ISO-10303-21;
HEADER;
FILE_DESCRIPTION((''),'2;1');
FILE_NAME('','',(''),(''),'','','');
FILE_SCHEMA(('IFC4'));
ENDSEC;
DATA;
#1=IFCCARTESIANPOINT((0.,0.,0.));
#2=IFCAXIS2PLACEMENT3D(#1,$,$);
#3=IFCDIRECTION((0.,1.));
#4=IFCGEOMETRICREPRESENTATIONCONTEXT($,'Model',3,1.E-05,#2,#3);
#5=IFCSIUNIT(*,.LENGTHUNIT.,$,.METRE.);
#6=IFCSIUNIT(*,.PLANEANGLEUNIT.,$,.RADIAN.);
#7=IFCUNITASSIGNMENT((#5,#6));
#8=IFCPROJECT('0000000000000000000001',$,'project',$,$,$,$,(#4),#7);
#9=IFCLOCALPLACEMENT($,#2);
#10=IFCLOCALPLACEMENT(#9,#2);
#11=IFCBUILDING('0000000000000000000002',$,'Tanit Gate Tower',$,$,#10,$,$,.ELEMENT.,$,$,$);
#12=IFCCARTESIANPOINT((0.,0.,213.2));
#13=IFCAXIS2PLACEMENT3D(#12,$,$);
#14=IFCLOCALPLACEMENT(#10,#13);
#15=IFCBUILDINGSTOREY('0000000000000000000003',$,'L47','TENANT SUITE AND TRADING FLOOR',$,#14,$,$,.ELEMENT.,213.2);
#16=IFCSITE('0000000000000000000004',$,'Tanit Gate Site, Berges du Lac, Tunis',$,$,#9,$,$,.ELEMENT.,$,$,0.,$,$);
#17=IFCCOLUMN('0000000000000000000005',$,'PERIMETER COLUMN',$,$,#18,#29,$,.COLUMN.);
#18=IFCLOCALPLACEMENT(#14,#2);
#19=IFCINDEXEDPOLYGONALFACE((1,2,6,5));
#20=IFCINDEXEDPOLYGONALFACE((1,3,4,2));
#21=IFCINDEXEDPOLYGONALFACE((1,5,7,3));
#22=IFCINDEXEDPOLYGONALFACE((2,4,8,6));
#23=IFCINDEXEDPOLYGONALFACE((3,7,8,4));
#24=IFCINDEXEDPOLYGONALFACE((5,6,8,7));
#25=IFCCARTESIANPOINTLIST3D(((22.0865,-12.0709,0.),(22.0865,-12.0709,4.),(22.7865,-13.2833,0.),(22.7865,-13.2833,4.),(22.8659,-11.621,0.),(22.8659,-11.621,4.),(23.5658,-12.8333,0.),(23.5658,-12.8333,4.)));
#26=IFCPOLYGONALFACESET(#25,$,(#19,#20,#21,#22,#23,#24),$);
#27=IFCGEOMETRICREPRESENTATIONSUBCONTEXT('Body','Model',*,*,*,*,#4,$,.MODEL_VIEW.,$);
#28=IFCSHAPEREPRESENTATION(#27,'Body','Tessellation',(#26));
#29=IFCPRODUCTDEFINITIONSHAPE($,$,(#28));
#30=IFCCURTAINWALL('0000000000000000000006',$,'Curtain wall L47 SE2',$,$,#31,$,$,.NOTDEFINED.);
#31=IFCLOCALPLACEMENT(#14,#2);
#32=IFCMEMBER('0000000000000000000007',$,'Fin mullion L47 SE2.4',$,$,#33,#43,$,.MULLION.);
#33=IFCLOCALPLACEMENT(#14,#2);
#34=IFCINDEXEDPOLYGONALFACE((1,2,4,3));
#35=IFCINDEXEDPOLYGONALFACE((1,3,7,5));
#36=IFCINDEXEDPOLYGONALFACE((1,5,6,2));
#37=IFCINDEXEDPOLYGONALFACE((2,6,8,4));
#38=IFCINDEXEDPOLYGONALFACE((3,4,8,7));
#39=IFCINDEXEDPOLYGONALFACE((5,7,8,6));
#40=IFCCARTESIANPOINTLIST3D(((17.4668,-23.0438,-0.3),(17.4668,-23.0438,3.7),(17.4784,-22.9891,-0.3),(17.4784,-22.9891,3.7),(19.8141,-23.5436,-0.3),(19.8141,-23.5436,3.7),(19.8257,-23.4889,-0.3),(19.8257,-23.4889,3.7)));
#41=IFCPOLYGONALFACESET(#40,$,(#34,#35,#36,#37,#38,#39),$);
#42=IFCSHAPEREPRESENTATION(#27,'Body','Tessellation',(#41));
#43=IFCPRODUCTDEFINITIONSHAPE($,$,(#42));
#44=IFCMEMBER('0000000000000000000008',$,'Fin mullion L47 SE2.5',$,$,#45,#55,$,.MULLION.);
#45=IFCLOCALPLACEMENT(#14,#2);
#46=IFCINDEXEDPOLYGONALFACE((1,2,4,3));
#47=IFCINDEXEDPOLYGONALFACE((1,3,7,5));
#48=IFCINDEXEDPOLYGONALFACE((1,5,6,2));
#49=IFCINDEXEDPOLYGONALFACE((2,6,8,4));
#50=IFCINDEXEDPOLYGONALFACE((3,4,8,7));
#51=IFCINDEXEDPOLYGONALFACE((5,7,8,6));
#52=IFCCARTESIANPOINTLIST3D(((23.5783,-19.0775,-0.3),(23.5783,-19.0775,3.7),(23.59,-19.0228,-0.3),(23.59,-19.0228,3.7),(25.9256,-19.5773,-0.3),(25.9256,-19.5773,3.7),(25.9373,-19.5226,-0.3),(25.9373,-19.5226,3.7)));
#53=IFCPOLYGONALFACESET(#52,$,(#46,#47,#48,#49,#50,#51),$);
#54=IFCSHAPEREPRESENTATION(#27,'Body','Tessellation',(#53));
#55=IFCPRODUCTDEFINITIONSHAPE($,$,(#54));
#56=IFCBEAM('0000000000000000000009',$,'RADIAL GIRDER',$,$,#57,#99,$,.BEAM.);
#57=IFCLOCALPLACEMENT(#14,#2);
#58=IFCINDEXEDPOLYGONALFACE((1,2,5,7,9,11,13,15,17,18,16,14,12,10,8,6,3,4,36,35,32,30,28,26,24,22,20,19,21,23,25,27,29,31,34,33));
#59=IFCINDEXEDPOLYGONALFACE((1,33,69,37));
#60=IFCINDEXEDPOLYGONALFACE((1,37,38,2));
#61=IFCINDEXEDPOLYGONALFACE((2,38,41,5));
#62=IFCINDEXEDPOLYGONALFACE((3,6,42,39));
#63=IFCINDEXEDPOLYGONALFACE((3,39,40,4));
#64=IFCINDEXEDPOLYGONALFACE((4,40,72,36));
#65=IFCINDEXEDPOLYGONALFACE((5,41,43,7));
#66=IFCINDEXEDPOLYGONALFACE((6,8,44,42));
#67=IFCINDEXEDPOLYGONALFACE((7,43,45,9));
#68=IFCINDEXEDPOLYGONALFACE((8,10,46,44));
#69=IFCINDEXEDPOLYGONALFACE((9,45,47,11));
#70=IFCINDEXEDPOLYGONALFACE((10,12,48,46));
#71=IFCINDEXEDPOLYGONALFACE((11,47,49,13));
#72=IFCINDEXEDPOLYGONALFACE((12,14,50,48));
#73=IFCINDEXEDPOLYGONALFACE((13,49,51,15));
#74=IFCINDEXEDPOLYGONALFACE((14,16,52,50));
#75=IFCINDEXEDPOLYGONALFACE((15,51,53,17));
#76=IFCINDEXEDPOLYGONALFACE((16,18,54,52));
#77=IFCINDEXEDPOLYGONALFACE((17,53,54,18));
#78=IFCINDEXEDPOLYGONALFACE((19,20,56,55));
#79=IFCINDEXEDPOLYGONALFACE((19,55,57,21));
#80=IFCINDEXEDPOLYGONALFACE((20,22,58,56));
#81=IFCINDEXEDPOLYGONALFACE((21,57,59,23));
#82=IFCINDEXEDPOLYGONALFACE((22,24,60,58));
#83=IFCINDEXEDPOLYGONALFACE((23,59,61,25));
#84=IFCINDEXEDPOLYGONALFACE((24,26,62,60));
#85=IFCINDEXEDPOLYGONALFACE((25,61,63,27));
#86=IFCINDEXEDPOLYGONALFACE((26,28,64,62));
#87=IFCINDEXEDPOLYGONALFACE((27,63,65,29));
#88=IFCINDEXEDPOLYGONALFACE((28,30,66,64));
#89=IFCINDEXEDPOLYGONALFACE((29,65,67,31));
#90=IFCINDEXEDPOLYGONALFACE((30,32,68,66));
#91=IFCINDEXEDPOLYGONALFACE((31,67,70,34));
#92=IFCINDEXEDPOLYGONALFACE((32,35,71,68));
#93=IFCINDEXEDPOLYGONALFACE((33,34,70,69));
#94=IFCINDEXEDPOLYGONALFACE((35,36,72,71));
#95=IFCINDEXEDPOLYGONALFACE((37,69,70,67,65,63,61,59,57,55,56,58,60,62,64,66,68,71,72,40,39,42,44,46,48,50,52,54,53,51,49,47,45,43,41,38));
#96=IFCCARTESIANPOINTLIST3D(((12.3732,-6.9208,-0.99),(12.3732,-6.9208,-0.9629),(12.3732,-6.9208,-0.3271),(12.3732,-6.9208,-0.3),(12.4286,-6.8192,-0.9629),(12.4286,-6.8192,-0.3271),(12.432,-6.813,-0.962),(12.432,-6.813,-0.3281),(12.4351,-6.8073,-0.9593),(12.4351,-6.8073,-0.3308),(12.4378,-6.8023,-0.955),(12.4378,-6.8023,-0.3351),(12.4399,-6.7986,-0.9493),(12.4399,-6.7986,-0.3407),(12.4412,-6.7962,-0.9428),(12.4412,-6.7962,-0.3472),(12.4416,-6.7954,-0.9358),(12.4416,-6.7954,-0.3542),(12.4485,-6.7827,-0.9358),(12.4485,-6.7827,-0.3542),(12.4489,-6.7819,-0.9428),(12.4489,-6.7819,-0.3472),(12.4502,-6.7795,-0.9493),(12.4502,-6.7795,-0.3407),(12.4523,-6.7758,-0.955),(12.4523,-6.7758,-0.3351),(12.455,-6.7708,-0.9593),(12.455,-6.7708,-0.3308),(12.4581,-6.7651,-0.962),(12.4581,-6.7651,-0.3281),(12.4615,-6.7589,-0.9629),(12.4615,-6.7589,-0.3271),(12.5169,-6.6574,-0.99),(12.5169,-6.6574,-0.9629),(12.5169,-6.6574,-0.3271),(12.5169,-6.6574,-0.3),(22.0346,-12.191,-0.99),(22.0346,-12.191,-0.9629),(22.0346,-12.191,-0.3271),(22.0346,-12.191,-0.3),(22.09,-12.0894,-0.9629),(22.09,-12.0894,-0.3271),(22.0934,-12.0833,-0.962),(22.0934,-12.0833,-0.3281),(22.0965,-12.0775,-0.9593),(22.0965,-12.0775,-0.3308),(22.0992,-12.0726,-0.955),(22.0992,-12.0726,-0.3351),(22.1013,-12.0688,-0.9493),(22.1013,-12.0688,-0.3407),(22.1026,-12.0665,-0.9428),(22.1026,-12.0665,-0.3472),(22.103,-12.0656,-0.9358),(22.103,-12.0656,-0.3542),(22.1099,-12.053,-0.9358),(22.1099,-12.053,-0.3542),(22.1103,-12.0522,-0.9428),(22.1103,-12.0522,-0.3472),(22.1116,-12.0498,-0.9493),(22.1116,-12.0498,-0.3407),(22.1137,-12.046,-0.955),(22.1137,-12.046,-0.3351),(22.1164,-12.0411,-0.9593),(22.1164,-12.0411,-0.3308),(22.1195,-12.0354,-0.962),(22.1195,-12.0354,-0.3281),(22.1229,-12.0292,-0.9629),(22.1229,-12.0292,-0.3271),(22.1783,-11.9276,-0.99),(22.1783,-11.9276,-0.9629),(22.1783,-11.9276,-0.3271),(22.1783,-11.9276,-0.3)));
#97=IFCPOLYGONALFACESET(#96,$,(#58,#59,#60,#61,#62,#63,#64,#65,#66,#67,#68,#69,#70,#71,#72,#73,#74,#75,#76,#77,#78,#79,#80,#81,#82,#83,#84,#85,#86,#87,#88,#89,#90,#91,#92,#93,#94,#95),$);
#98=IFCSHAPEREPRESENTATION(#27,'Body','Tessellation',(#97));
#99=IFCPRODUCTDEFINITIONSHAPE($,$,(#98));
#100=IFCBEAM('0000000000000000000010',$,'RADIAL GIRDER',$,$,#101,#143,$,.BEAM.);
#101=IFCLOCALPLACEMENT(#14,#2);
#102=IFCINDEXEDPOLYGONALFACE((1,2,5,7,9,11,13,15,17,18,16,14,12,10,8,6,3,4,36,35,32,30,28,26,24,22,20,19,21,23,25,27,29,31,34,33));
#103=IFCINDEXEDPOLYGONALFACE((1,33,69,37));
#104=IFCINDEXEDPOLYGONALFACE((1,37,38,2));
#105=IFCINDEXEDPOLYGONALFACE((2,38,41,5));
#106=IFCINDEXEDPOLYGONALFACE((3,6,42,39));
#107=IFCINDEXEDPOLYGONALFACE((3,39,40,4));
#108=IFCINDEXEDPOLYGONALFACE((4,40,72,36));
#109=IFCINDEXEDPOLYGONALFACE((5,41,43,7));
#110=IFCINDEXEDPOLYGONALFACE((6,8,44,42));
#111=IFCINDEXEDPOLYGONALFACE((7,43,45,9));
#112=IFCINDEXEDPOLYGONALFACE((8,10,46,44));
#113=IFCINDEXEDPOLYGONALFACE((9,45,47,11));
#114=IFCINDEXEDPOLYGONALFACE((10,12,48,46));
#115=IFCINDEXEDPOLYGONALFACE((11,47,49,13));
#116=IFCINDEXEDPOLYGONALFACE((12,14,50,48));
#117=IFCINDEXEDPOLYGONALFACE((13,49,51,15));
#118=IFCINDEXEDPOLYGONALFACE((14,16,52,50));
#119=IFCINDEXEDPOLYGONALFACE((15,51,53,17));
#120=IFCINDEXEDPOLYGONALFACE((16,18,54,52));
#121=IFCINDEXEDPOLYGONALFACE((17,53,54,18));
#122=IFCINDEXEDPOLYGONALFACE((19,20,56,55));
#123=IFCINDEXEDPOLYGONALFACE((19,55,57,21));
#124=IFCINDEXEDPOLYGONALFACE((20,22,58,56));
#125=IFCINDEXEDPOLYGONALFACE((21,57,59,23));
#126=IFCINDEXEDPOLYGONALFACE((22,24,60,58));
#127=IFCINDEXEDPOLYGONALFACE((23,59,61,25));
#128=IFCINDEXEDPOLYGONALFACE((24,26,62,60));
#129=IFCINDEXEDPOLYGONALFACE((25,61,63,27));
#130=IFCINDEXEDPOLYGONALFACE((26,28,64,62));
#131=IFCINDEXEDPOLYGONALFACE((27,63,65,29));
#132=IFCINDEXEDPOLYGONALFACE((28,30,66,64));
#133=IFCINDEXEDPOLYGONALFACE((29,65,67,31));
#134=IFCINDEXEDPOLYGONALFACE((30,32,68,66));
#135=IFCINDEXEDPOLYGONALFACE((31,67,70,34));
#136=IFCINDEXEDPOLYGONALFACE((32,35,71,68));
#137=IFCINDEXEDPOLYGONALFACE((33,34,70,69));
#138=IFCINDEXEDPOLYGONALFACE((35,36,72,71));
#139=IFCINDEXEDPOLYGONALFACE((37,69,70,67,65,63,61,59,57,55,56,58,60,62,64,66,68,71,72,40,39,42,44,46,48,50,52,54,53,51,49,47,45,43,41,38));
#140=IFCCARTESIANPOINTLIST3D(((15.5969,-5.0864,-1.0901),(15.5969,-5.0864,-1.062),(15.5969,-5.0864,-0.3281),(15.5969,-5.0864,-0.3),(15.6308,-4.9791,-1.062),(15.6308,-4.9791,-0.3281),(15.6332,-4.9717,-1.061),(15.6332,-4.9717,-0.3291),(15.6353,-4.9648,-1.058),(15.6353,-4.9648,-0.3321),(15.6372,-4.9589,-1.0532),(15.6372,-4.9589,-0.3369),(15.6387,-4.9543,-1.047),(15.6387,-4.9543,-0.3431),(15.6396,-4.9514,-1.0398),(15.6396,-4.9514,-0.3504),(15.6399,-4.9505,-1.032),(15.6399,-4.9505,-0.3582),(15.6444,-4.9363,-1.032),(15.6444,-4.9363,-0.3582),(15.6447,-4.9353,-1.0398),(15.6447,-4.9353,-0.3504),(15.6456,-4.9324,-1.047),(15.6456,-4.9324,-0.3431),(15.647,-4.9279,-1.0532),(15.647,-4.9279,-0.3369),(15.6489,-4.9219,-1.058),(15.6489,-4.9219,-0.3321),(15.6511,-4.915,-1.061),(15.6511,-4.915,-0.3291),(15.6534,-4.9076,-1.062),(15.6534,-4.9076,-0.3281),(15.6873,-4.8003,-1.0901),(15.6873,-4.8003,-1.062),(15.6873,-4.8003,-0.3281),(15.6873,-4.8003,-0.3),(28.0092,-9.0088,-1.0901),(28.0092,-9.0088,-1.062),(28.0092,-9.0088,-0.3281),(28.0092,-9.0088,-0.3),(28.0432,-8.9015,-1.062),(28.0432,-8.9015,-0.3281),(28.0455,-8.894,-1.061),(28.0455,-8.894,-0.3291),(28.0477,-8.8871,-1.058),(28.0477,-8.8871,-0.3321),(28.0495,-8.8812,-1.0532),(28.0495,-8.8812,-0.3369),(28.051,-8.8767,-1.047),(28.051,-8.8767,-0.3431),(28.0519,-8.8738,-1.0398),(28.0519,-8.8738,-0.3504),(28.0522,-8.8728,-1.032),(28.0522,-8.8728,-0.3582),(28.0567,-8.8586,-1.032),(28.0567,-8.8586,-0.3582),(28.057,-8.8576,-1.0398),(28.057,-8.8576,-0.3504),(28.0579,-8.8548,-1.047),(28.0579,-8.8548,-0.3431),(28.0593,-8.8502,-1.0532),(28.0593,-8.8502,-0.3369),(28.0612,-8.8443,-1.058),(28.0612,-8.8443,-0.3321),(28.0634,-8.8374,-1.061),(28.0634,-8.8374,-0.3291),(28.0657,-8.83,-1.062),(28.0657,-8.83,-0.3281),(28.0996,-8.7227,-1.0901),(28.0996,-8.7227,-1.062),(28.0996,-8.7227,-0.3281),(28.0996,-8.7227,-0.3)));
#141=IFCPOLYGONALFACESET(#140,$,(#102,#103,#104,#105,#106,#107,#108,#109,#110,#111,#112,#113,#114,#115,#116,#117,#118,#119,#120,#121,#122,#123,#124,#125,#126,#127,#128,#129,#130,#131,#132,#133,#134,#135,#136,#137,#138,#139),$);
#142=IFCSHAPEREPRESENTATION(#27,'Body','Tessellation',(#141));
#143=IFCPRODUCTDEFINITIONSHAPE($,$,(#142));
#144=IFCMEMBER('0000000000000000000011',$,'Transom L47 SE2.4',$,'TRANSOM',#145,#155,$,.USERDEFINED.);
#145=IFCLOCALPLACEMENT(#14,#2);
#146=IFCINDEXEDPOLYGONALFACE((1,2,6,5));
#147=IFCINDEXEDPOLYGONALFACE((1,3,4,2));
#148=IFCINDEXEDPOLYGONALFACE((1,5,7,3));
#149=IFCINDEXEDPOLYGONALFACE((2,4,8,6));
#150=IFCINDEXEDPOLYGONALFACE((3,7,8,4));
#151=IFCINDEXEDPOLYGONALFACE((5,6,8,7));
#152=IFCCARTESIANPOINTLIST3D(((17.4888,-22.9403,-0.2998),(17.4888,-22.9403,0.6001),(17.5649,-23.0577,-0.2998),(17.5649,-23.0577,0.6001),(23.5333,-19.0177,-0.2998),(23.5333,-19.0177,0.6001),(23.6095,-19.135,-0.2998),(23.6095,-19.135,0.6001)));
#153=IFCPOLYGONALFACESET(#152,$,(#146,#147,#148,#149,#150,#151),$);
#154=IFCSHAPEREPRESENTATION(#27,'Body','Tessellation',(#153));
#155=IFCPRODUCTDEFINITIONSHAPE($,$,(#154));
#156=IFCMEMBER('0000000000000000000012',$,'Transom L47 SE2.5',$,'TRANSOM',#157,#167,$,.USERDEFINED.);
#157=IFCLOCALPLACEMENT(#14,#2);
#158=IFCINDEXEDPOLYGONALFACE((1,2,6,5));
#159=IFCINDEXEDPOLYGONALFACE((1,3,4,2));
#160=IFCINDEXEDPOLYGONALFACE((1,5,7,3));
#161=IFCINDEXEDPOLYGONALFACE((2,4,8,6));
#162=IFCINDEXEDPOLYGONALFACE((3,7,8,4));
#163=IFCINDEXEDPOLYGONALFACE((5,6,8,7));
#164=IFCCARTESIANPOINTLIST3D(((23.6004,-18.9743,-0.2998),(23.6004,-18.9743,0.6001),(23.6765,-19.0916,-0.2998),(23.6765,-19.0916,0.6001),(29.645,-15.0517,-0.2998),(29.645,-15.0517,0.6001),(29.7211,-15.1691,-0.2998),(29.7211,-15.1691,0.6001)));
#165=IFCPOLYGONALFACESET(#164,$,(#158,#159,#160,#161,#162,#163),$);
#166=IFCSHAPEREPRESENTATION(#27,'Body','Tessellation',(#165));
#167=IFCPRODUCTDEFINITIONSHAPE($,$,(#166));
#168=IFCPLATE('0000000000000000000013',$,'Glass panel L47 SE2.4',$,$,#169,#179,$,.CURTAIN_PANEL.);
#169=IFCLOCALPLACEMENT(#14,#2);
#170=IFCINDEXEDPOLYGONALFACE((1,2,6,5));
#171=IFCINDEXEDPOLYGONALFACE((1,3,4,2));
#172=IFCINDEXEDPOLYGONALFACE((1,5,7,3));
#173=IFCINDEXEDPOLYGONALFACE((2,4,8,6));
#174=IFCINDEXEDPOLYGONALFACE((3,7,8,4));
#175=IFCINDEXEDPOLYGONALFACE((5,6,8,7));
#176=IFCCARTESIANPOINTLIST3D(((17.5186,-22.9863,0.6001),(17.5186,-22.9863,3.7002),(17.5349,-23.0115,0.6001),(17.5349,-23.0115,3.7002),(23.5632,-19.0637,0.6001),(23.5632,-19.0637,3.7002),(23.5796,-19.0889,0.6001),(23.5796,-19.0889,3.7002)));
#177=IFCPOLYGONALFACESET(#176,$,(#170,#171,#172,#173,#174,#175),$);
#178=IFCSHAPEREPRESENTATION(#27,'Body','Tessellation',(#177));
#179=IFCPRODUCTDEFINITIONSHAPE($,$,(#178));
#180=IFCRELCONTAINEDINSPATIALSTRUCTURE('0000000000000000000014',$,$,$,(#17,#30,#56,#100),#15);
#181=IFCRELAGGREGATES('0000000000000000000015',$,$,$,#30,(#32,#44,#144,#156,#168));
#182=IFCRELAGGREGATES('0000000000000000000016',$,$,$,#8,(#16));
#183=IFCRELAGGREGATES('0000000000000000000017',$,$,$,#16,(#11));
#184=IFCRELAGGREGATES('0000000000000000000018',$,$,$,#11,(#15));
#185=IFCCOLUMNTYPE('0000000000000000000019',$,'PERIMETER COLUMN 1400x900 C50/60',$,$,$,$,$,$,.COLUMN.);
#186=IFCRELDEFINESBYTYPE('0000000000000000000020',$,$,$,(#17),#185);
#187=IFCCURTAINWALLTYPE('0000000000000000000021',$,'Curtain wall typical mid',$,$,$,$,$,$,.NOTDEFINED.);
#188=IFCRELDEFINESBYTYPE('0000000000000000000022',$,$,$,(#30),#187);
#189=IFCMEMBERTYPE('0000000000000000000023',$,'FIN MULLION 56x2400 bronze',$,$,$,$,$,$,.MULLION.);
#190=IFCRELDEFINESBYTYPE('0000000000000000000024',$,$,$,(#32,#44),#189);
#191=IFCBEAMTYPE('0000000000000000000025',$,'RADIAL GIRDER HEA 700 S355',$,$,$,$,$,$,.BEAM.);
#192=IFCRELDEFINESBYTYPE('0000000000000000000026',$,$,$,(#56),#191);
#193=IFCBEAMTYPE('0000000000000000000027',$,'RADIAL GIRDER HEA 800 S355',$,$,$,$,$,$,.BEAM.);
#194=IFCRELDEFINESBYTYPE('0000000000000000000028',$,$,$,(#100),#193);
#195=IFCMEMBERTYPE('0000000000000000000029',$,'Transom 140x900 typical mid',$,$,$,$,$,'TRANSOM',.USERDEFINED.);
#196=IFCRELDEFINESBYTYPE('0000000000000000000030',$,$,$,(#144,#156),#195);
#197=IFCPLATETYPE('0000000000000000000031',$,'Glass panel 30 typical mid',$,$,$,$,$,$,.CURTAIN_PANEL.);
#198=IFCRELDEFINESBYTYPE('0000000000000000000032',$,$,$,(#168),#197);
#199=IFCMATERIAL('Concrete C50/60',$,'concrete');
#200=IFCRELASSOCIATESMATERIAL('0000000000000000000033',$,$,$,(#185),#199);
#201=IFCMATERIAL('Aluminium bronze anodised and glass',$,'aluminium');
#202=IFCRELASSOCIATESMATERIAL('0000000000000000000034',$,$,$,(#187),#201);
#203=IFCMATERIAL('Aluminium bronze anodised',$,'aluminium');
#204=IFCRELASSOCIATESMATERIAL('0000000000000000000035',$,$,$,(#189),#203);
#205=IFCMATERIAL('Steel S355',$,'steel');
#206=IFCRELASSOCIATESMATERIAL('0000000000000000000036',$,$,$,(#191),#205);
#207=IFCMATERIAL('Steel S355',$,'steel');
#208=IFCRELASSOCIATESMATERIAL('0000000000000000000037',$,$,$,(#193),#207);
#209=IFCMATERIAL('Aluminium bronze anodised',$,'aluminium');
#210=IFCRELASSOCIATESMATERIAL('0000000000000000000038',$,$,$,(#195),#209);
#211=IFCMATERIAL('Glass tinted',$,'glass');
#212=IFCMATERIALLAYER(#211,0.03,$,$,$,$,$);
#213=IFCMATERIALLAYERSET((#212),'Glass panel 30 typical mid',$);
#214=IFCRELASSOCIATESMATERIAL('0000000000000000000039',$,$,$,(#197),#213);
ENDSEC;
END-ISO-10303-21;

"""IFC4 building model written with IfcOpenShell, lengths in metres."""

from ifc_helpers import new_model, si_unit, direction, frame, origin, origin_2d, place, context, subcontext, project, spatial, rectangle, i_section, extrude, material, layer, layer_set, material_profile, profile_set, type_object, element, aggregate, save


model = new_model("IFC4")

# Units and contexts
model_context = context("Model", 3, precision=1e-05, world=origin(), true_north=direction((0.0, 1.0)))
body_context = subcontext(model_context, "Body", "Model", "MODEL_VIEW")
ifc_project = project(units=[si_unit("LENGTHUNIT", "METRE"), si_unit("PLANEANGLEUNIT", "RADIAN")], contexts=[model_context])

# Site, building, storey
site_placement = place(None, origin())
site = spatial("IfcSite", under=ifc_project, at=site_placement, Name="Tanit Gate Site, Berges du Lac, Tunis", CompositionType="ELEMENT", RefElevation=0.0)
building_placement = place(site_placement, origin())
building = spatial("IfcBuilding", under=site, at=building_placement, Name="Tanit Gate Tower", CompositionType="ELEMENT")
storey_placement = place(building_placement, frame((0.0, 0.0, 213.2)))
storey = spatial("IfcBuildingStorey", under=building, at=storey_placement, Name="L47", Description="TENANT SUITE AND TRADING FLOOR", CompositionType="ELEMENT", Elevation=213.2)

# Column
ifc_material_1 = material(Name="Concrete C50/60", Category="concrete")
ifc_material_profile_1 = material_profile(ifc_material_1, rectangle(XDim=1.3999, YDim=0.8999, at=origin_2d()), Name="RC 1400x900")
ifc_profile_set_1 = profile_set([ifc_material_profile_1], Name="Concrete C50/60")
column_type = type_object("IfcColumnType", Name="PERIMETER COLUMN 1400x900 C50/60", PredefinedType="COLUMN", material=ifc_profile_set_1)
column_placement = place(storey_placement, frame((22.8262, -12.4521, 0.0), z_axis=(0.0, 0.0, 1.0), x_axis=(0.5, -0.866025, 0.0)))
element("IfcColumn", 1, at=column_placement, inside=storey, type_object=column_type, Name="PERIMETER COLUMN", PredefinedType="COLUMN", context=body_context, shape_type="SweptSolid", body=[
    extrude(rectangle(XDim=1.3999, YDim=0.8999, at=origin_2d()), origin(), (0.0, 0.0, 1.0), 4.0),
])

# Curtain wall, members
ifc_material_2 = material(Name="Aluminium bronze anodised and glass", Category="aluminium")
curtain_wall_type = type_object("IfcCurtainWallType", Name="Curtain wall typical mid", PredefinedType="NOTDEFINED", material=ifc_material_2)
curtain_wall_placement = place(storey_placement, origin())
curtain_wall = element("IfcCurtainWall", 2, at=curtain_wall_placement, inside=storey, type_object=curtain_wall_type, Name="Curtain wall L47 SE2", PredefinedType="NOTDEFINED")
ifc_material_3 = material(Name="Aluminium bronze anodised", Category="aluminium")
ifc_material_profile_2 = material_profile(ifc_material_3, rectangle(XDim=2.3999, YDim=0.0559, at=origin_2d()), Name="56x2400 bronze fin mullion")
ifc_profile_set_2 = profile_set([ifc_material_profile_2], Name="Aluminium bronze anodised")
member_type_1 = type_object("IfcMemberType", Name="FIN MULLION 56x2400 bronze", PredefinedType="MULLION", material=ifc_profile_set_2)
member_1_placement = place(storey_placement, frame((18.6462, -23.2664, -0.3), z_axis=(0.0, 0.0, 1.0), x_axis=(-0.978078, 0.208238, 0.0)))
member_1 = element("IfcMember", 3, at=member_1_placement, type_object=member_type_1, Name="Fin mullion L47 SE2.4", PredefinedType="MULLION", context=body_context, shape_type="SweptSolid", body=[
    extrude(rectangle(XDim=2.3999, YDim=0.0559, at=origin_2d()), origin(), (0.0, 0.0, 1.0), 4.0),
])
member_2_placement = place(storey_placement, frame((24.7578, -19.3, -0.3), z_axis=(0.0, 0.0, 1.0), x_axis=(-0.978078, 0.208238, 0.0)))
member_2 = element("IfcMember", 4, at=member_2_placement, type_object=member_type_1, Name="Fin mullion L47 SE2.5", PredefinedType="MULLION", context=body_context, shape_type="SweptSolid", body=[
    extrude(rectangle(XDim=2.3999, YDim=0.0559, at=origin_2d()), origin(), (0.0, 0.0, 1.0), 4.0),
])

# Beams
ifc_material_4 = material(Name="Steel S355", Category="steel")
ifc_material_profile_3 = material_profile(ifc_material_4, i_section(OverallWidth=0.3, OverallDepth=0.6899, WebThickness=0.0144, FlangeThickness=0.0271, FilletRadius=0.0271, at=origin_2d()), Name="HEA 700")
ifc_profile_set_3 = profile_set([ifc_material_profile_3], Name="Steel S355")
beam_type_1 = type_object("IfcBeamType", Name="RADIAL GIRDER HEA 700 S355", PredefinedType="BEAM", material=ifc_profile_set_3)
beam_1_placement = place(storey_placement, frame((22.1064, -12.0593, -0.645), z_axis=(-0.877879, 0.478882, 0.0), x_axis=(-0.478882, -0.877879, 0.0)))
element("IfcBeam", 5, at=beam_1_placement, inside=storey, type_object=beam_type_1, Name="RADIAL GIRDER", PredefinedType="BEAM", context=body_context, shape_type="SweptSolid", body=[
    extrude(i_section(OverallWidth=0.3, OverallDepth=0.6899, WebThickness=0.0144, FlangeThickness=0.0271, FilletRadius=0.0271, at=origin_2d()), origin(), (0.0, 0.0, 1.0), 11.0054),
])
ifc_material_5 = material(Name="Steel S355", Category="steel")
ifc_material_profile_4 = material_profile(ifc_material_5, i_section(OverallWidth=0.3, OverallDepth=0.79, WebThickness=0.0149, FlangeThickness=0.0281, FilletRadius=0.03, at=origin_2d()), Name="HEA 800")
ifc_profile_set_4 = profile_set([ifc_material_profile_4], Name="Steel S355")
beam_type_2 = type_object("IfcBeamType", Name="RADIAL GIRDER HEA 800 S355", PredefinedType="BEAM", material=ifc_profile_set_4)
beam_2_placement = place(storey_placement, frame((28.0544, -8.8657, -0.6951), z_axis=(-0.953524, 0.301318, 0.0), x_axis=(-0.301318, -0.953524, 0.0)))
element("IfcBeam", 6, at=beam_2_placement, inside=storey, type_object=beam_type_2, Name="RADIAL GIRDER", PredefinedType="BEAM", context=body_context, shape_type="SweptSolid", body=[
    extrude(i_section(OverallWidth=0.3, OverallDepth=0.79, WebThickness=0.0149, FlangeThickness=0.0281, FilletRadius=0.03, at=origin_2d()), origin(), (0.0, 0.0, 1.0), 13.0173),
])

# Members
ifc_material_6 = material(Name="Aluminium bronze anodised", Category="aluminium")
ifc_material_profile_5 = material_profile(ifc_material_6, rectangle(XDim=0.1399, YDim=0.8999, at=origin_2d()), Name="140x900 bronze transom")
ifc_profile_set_5 = profile_set([ifc_material_profile_5], Name="Aluminium bronze anodised")
member_type_2 = type_object("IfcMemberType", Name="Transom 140x900 typical mid", ElementType="TRANSOM", PredefinedType="USERDEFINED", material=ifc_profile_set_5)
member_3_placement = place(storey_placement, frame((17.5269, -22.999, 0.1501), z_axis=(0.838841, 0.544376, 0.0), x_axis=(-0.544376, 0.838841, 0.0)))
member_3 = element("IfcMember", 7, at=member_3_placement, type_object=member_type_2, Name="Transom L47 SE2.4", ObjectType="TRANSOM", PredefinedType="USERDEFINED", context=body_context, shape_type="SweptSolid", body=[
    extrude(rectangle(XDim=0.1399, YDim=0.8999, at=origin_2d()), origin(), (0.0, 0.0, 1.0), 7.2058),
])
member_4_placement = place(storey_placement, frame((23.6384, -19.033, 0.1501), z_axis=(0.838851, 0.544361, 0.0), x_axis=(-0.544361, 0.838851, 0.0)))
member_4 = element("IfcMember", 8, at=member_4_placement, type_object=member_type_2, Name="Transom L47 SE2.5", ObjectType="TRANSOM", PredefinedType="USERDEFINED", context=body_context, shape_type="SweptSolid", body=[
    extrude(rectangle(XDim=0.1399, YDim=0.8999, at=origin_2d()), origin(), (0.0, 0.0, 1.0), 7.2058),
])

# Plate
ifc_material_7 = material(Name="Glass tinted", Category="glass")
ifc_layer_1 = layer(ifc_material_7, 0.03)
ifc_layer_set_1 = layer_set([ifc_layer_1], Name="Glass panel 30 typical mid")
plate_type = type_object("IfcPlateType", Name="Glass panel 30 typical mid", PredefinedType="CURTAIN_PANEL", material=ifc_layer_set_1)
plate_1_placement = place(storey_placement, frame((20.5491, -21.0376, 0.6001), z_axis=(0.0, 0.0, 1.0), x_axis=(0.838852, 0.544359, 0.0)))
plate_1 = element("IfcPlate", 9, at=plate_1_placement, type_object=plate_type, Name="Glass panel L47 SE2.4", PredefinedType="CURTAIN_PANEL", context=body_context, shape_type="SweptSolid", body=[
    extrude(rectangle(XDim=7.2058, YDim=0.03, at=origin_2d()), origin(), (0.0, 0.0, 1.0), 3.1001),
])
aggregate(curtain_wall, [member_1, member_2, member_3, member_4, plate_1])

save(model, "model.ifc")
